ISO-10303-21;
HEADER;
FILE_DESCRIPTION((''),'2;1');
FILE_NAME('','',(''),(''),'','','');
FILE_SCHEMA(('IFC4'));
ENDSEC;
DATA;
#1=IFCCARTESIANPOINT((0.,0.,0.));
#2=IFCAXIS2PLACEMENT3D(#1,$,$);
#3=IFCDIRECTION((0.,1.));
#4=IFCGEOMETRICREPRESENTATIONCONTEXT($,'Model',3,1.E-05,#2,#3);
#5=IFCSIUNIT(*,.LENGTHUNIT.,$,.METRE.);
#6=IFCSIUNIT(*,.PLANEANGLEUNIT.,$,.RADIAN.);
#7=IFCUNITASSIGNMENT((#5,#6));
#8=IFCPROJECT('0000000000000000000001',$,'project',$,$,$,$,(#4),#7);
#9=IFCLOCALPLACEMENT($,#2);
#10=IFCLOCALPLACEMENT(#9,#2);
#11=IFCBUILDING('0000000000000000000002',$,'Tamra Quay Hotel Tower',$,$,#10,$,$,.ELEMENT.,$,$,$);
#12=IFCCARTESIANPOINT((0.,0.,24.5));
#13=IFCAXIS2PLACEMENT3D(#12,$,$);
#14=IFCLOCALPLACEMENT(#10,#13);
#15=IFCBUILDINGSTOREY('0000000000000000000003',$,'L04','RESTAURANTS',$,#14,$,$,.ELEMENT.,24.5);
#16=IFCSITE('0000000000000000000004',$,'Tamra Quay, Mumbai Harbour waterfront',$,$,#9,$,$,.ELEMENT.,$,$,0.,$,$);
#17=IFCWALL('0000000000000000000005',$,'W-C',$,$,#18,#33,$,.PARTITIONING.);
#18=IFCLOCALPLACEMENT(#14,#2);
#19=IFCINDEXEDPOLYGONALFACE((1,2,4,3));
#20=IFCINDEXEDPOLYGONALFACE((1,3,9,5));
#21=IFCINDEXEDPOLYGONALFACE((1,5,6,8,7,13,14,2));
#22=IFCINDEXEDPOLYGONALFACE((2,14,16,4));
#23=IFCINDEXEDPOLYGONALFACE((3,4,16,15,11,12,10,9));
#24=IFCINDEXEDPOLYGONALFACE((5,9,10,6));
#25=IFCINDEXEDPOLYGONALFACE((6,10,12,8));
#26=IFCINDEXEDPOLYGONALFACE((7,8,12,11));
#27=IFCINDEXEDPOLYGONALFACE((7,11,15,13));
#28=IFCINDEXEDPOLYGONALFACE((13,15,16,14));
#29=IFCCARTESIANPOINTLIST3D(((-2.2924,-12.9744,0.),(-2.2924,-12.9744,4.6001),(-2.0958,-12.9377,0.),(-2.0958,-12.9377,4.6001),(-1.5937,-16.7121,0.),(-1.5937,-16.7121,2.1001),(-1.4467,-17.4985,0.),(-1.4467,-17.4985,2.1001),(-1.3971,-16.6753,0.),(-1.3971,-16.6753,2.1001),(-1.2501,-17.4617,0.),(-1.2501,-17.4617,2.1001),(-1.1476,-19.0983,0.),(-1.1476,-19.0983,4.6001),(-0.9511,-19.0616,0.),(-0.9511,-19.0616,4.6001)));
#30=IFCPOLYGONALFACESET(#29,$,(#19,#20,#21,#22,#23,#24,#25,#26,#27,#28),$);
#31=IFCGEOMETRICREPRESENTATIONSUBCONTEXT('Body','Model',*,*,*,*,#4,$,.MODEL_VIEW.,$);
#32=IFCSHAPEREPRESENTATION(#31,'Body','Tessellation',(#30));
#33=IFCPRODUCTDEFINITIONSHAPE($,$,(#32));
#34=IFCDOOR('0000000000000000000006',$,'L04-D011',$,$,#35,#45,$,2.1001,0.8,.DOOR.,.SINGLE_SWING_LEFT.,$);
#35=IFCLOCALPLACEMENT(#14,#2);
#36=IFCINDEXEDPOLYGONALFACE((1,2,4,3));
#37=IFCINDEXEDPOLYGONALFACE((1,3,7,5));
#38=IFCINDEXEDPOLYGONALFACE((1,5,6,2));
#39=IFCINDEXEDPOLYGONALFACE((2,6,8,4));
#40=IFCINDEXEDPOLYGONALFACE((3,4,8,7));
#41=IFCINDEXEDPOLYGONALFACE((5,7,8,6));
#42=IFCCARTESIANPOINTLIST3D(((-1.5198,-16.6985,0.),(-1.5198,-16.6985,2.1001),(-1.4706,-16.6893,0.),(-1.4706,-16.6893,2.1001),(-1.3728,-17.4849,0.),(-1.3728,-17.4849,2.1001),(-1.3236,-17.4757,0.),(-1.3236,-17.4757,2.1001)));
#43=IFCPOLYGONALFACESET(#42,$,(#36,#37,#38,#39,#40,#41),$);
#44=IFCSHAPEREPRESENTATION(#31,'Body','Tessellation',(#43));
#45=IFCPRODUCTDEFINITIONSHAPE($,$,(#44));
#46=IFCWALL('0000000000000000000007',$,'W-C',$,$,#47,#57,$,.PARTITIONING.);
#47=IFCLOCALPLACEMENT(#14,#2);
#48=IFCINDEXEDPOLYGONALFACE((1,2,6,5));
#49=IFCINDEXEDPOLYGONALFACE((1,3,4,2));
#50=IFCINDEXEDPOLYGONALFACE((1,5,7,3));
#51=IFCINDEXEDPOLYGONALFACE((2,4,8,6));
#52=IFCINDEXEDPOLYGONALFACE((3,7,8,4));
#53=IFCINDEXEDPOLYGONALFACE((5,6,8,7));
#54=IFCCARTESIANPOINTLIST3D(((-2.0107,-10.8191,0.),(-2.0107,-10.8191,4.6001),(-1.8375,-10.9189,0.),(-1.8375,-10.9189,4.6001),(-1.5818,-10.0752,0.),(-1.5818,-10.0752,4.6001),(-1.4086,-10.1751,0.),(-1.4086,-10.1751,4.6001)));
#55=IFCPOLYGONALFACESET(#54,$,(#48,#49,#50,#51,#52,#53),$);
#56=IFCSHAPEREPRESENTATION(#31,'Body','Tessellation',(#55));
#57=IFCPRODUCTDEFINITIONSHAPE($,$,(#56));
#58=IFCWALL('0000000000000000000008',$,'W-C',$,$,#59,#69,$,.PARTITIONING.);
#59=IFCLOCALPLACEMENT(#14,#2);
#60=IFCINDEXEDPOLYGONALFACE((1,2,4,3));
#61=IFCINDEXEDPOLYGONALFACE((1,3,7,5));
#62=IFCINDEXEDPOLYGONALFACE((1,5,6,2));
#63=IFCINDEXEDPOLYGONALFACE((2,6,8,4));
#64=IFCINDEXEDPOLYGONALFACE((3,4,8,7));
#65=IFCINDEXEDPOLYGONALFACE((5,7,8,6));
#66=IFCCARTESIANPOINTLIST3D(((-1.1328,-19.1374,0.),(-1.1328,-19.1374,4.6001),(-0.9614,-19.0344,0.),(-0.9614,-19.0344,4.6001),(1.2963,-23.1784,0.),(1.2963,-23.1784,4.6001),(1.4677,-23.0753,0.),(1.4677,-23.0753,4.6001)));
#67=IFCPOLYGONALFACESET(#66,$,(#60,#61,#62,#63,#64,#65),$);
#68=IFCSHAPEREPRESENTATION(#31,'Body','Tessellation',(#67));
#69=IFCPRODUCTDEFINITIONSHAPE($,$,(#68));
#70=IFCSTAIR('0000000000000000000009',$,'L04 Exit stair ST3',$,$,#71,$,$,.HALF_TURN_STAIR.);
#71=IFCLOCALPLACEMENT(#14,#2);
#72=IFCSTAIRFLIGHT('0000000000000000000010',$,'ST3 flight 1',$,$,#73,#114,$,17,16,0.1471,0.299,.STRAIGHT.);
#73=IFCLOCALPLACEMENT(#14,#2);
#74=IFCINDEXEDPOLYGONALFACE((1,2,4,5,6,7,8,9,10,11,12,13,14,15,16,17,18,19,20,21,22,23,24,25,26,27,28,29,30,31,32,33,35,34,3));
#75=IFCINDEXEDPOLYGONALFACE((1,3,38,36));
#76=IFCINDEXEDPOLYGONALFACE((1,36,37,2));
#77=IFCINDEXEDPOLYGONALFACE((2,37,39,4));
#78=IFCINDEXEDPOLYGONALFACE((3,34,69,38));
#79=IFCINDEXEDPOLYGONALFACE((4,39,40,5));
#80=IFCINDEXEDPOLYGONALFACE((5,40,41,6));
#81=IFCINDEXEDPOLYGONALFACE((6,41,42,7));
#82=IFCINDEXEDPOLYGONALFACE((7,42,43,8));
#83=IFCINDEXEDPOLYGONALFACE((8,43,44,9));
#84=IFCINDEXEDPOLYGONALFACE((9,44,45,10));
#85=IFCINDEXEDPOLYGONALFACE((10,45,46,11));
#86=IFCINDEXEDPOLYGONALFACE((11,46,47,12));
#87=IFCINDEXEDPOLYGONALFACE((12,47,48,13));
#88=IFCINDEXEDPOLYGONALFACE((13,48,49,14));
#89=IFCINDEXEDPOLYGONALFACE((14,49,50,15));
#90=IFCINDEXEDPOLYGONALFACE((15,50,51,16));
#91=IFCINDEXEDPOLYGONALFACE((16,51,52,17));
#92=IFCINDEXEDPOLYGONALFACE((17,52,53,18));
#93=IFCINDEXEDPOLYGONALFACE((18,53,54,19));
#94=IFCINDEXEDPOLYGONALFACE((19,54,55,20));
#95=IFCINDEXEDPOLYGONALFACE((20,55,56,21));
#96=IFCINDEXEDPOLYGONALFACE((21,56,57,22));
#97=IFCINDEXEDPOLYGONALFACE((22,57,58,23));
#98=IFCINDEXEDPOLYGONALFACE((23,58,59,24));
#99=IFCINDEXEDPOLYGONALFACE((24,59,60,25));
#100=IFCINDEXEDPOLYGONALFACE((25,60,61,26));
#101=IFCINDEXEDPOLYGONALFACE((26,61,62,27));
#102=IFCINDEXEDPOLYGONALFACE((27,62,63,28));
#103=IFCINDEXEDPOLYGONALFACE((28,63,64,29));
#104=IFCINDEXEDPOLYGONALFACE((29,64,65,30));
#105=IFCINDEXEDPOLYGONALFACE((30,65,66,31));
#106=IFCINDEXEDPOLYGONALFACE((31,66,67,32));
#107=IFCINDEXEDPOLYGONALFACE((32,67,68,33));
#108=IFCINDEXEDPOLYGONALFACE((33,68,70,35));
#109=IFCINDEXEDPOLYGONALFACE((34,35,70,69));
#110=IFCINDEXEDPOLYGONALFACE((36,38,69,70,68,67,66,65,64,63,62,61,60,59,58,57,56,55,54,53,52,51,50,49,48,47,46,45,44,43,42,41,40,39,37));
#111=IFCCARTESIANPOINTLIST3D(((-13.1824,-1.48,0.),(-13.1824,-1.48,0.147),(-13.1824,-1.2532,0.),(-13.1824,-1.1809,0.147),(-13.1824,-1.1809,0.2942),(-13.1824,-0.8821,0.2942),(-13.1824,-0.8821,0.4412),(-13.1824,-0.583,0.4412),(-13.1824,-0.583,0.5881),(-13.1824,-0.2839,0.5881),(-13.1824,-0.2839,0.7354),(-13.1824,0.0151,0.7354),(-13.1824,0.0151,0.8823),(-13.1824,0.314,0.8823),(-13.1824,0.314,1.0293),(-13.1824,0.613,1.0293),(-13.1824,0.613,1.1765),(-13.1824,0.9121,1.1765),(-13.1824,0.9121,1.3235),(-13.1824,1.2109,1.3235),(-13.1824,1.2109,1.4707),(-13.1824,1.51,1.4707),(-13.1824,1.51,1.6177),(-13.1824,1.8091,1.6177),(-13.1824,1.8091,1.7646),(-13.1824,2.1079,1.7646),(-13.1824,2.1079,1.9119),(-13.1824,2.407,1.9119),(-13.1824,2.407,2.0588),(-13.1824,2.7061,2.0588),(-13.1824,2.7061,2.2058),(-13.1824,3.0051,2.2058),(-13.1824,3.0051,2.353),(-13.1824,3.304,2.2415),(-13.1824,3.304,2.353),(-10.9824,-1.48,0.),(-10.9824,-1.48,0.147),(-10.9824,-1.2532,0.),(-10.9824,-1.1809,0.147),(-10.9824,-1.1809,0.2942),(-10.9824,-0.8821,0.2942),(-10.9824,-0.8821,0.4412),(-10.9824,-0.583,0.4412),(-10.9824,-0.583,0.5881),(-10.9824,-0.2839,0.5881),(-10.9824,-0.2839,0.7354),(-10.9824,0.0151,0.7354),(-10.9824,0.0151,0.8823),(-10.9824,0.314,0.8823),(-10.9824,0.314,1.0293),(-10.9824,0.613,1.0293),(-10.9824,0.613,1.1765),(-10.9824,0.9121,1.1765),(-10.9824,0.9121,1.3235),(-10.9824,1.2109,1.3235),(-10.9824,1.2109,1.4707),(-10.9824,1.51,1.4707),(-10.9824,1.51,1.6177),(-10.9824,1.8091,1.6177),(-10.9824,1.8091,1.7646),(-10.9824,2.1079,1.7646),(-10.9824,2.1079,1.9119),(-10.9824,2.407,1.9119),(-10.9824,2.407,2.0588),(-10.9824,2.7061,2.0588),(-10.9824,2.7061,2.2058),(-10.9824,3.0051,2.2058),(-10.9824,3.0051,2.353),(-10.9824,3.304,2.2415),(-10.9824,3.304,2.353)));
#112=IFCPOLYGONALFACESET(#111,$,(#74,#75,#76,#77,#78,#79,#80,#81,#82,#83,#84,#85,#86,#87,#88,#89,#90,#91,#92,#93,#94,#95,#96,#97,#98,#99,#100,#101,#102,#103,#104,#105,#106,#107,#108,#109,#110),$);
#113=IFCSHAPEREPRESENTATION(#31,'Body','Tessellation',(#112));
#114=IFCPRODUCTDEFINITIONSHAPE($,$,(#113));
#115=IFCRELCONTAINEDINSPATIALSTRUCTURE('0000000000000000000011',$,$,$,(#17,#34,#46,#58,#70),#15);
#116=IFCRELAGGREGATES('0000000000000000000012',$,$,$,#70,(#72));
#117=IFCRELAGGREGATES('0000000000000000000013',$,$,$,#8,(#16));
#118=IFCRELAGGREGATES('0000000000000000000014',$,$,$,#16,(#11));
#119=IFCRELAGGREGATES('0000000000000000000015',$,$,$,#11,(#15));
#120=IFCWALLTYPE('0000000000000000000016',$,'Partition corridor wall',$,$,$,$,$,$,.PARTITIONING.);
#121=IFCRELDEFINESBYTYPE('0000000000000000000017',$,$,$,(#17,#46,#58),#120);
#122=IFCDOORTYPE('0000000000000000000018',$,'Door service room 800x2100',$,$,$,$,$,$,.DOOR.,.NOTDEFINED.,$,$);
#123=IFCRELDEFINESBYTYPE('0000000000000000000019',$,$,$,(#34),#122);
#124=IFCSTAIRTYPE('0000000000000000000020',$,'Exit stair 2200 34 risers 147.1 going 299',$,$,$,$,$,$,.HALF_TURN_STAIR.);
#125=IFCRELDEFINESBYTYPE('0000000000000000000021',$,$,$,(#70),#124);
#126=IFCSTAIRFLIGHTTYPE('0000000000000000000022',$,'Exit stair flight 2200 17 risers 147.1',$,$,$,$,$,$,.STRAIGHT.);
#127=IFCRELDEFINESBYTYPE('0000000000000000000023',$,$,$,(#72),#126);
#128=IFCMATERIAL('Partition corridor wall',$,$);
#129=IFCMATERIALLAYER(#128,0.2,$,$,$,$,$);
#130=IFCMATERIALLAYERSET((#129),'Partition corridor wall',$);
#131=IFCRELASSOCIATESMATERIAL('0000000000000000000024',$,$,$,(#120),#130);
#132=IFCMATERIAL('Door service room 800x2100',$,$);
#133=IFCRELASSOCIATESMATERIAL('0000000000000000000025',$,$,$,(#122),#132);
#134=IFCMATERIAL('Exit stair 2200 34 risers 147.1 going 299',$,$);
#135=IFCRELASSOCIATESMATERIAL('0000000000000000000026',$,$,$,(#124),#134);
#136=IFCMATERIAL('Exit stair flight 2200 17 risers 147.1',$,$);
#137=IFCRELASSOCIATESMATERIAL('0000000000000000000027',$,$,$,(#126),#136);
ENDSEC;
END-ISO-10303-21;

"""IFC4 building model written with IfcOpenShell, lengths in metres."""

from ifc_helpers import new_model, si_unit, direction, frame, frame_2d, origin, place, context, subcontext, project, spatial, polyline, rectangle, outline, extrude, material, layer, layer_set, type_object, element, fill, aggregate, save


model = new_model("IFC4")

# Units and contexts
model_context = context("Model", 3, precision=1e-05, world=origin(), true_north=direction((0.0, 1.0)))
body_context = subcontext(model_context, "Body", "Model", "MODEL_VIEW")
ifc_project = project(units=[si_unit("LENGTHUNIT", "METRE"), si_unit("PLANEANGLEUNIT", "RADIAN")], contexts=[model_context])

# Site, building, storey
site_placement = place(None, origin())
site = spatial("IfcSite", under=ifc_project, at=site_placement, Name="Tamra Quay, Mumbai Harbour waterfront", CompositionType="ELEMENT", RefElevation=0.0)
building_placement = place(site_placement, origin())
building = spatial("IfcBuilding", under=site, at=building_placement, Name="Tamra Quay Hotel Tower", CompositionType="ELEMENT")
storey_placement = place(building_placement, frame((0.0, 0.0, 24.5)))
storey = spatial("IfcBuildingStorey", under=building, at=storey_placement, Name="L04", Description="RESTAURANTS", CompositionType="ELEMENT", Elevation=24.5)

# Shared definitions
ifc_material_1 = material(Name="Partition corridor wall")
ifc_layer_1 = layer(ifc_material_1, 0.2)
ifc_layer_set_1 = layer_set([ifc_layer_1], Name="Partition corridor wall")
wall_type_1 = type_object("IfcWallType", Name="Partition corridor wall", PredefinedType="PARTITIONING", material=ifc_layer_set_1)

# Wall, opening, door
wall_1_placement = place(storey_placement, frame((-2.1941, -12.9561, 0.0), z_axis=(0.0, 0.0, 1.0), x_axis=(0.183749, -0.982973, 0.0)))
wall_1 = element("IfcWall", 1, at=wall_1_placement, inside=storey, type_object=wall_type_1, Name="W-C", PredefinedType="PARTITIONING", context=body_context, shape_type="SweptSolid", body=[
    extrude(rectangle(XDim=6.23, YDim=0.2, at=frame_2d((3.115, 0.0))), origin(), (0.0, 0.0, 1.0), 4.6001),
])
opening_1_placement = place(wall_1_placement, frame((3.8025, 0.0, 0.0)))
opening_1 = element("IfcOpeningElement", 2, at=opening_1_placement, cuts=wall_1, PredefinedType="OPENING", context=body_context, shape_type="SweptSolid", body=[
    extrude(rectangle(XDim=0.8, YDim=2.1001, at=frame_2d((0.3999, 1.05))), frame((0.0, 0.1099, 0.0), z_axis=(0.0, -1.0, 0.0), x_axis=(1.0, 0.0, 0.0)), (0.0, 0.0, 1.0), 0.22),
])
ifc_material_2 = material(Name="Door service room 800x2100")
door_type_1 = type_object("IfcDoorType", Name="Door service room 800x2100", OperationType="NOTDEFINED", PredefinedType="DOOR", material=ifc_material_2)
door_1_placement = place(opening_1_placement, frame((0.8, 0.0, 0.0), z_axis=(0.0, 0.0, 1.0), x_axis=(-1.0, 0.0, 0.0)))
door_1 = element("IfcDoor", 3, at=door_1_placement, inside=storey, type_object=door_type_1, Name="L04-D011", OperationType="SINGLE_SWING_LEFT", OverallHeight=2.1001, OverallWidth=0.8, PredefinedType="DOOR", context=body_context, shape_type="SweptSolid", body=[
    extrude(rectangle(XDim=0.8, YDim=2.1001, at=frame_2d((0.3999, 1.05))), frame((0.0, 0.0249, 0.0), z_axis=(0.0, -1.0, 0.0), x_axis=(1.0, 0.0, 0.0)), (0.0, 0.0, 1.0), 0.05),
])
fill(opening_1, door_1)

# Walls
wall_2_placement = place(storey_placement, frame((-1.9241, -10.8689, 0.0), z_axis=(0.0, 0.0, 1.0), x_axis=(0.499534, 0.866294, 0.0)))
element("IfcWall", 4, at=wall_2_placement, inside=storey, type_object=wall_type_1, Name="W-C", PredefinedType="PARTITIONING", context=body_context, shape_type="SweptSolid", body=[
    extrude(rectangle(XDim=0.8586, YDim=0.2, at=frame_2d((0.4292, 0.0))), origin(), (0.0, 0.0, 1.0), 4.6001),
])
wall_3_placement = place(storey_placement, frame((-1.0471, -19.0859, 0.0), z_axis=(0.0, 0.0, 1.0), x_axis=(0.515211, -0.857063, 0.0)))
element("IfcWall", 5, at=wall_3_placement, inside=storey, type_object=wall_type_1, Name="W-C", PredefinedType="PARTITIONING", context=body_context, shape_type="SweptSolid", body=[
    extrude(rectangle(XDim=4.7148, YDim=0.2, at=frame_2d((2.3574, 0.0))), origin(), (0.0, 0.0, 1.0), 4.6001),
])

# Stair, stair flight
ifc_material_3 = material(Name="Exit stair 2200 34 risers 147.1 going 299")
stair_type = type_object("IfcStairType", Name="Exit stair 2200 34 risers 147.1 going 299", PredefinedType="HALF_TURN_STAIR", material=ifc_material_3)
stair_placement = place(storey_placement, origin())
stair = element("IfcStair", 6, at=stair_placement, inside=storey, type_object=stair_type, Name="L04 Exit stair ST3", PredefinedType="HALF_TURN_STAIR")
ifc_material_4 = material(Name="Exit stair flight 2200 17 risers 147.1")
stair_flight_type = type_object("IfcStairFlightType", Name="Exit stair flight 2200 17 risers 147.1", PredefinedType="STRAIGHT", material=ifc_material_4)
stair_flight_placement = place(storey_placement, frame((-12.0823, -1.48, 0.0), z_axis=(0.0, 0.0, 1.0), x_axis=(0.0, 1.0, 0.0)))
stair_flight = element("IfcStairFlight", 7, at=stair_flight_placement, type_object=stair_flight_type, Name="ST3 flight 1", NumberOfRisers=17, NumberOfTreads=16, PredefinedType="STRAIGHT", RiserHeight=0.1471, TreadLength=0.299, context=body_context, shape_type="SweptSolid", body=[
    extrude(outline(polyline([(0.0, 0.0), (0.0, 0.147), (0.2991, 0.147), (0.2991, 0.2942), (0.5979, 0.2942), (0.5979, 0.4412), (0.897, 0.4412), (0.897, 0.5881), (1.196, 0.5881), (1.196, 0.7354), (1.4951, 0.7354), (1.4951, 0.8823), (1.7939, 0.8823), (1.7939, 1.0293), (2.093, 1.0293), (2.093, 1.1765), (2.3921, 1.1765), (2.3921, 1.3235), (2.6909, 1.3235), (2.6909, 1.4707), (2.99, 1.4707), (2.99, 1.6177), (3.2891, 1.6177), (3.2891, 1.7646), (3.5879, 1.7646), (3.5879, 1.9119), (3.887, 1.9119), (3.887, 2.0588), (4.186, 2.0588), (4.186, 2.2058), (4.4851, 2.2058), (4.4851, 2.353), (4.7839, 2.353), (4.7839, 2.5), (4.7839, 2.2415), (0.2268, 0.0), (0.0, 0.0)])), frame((0.0, 1.1001, 0.0), z_axis=(0.0, -1.0, 0.0), x_axis=(1.0, 0.0, 0.0)), (0.0, 0.0, 1.0), 2.2),
])
aggregate(stair, [stair_flight])

save(model, "model.ifc")
